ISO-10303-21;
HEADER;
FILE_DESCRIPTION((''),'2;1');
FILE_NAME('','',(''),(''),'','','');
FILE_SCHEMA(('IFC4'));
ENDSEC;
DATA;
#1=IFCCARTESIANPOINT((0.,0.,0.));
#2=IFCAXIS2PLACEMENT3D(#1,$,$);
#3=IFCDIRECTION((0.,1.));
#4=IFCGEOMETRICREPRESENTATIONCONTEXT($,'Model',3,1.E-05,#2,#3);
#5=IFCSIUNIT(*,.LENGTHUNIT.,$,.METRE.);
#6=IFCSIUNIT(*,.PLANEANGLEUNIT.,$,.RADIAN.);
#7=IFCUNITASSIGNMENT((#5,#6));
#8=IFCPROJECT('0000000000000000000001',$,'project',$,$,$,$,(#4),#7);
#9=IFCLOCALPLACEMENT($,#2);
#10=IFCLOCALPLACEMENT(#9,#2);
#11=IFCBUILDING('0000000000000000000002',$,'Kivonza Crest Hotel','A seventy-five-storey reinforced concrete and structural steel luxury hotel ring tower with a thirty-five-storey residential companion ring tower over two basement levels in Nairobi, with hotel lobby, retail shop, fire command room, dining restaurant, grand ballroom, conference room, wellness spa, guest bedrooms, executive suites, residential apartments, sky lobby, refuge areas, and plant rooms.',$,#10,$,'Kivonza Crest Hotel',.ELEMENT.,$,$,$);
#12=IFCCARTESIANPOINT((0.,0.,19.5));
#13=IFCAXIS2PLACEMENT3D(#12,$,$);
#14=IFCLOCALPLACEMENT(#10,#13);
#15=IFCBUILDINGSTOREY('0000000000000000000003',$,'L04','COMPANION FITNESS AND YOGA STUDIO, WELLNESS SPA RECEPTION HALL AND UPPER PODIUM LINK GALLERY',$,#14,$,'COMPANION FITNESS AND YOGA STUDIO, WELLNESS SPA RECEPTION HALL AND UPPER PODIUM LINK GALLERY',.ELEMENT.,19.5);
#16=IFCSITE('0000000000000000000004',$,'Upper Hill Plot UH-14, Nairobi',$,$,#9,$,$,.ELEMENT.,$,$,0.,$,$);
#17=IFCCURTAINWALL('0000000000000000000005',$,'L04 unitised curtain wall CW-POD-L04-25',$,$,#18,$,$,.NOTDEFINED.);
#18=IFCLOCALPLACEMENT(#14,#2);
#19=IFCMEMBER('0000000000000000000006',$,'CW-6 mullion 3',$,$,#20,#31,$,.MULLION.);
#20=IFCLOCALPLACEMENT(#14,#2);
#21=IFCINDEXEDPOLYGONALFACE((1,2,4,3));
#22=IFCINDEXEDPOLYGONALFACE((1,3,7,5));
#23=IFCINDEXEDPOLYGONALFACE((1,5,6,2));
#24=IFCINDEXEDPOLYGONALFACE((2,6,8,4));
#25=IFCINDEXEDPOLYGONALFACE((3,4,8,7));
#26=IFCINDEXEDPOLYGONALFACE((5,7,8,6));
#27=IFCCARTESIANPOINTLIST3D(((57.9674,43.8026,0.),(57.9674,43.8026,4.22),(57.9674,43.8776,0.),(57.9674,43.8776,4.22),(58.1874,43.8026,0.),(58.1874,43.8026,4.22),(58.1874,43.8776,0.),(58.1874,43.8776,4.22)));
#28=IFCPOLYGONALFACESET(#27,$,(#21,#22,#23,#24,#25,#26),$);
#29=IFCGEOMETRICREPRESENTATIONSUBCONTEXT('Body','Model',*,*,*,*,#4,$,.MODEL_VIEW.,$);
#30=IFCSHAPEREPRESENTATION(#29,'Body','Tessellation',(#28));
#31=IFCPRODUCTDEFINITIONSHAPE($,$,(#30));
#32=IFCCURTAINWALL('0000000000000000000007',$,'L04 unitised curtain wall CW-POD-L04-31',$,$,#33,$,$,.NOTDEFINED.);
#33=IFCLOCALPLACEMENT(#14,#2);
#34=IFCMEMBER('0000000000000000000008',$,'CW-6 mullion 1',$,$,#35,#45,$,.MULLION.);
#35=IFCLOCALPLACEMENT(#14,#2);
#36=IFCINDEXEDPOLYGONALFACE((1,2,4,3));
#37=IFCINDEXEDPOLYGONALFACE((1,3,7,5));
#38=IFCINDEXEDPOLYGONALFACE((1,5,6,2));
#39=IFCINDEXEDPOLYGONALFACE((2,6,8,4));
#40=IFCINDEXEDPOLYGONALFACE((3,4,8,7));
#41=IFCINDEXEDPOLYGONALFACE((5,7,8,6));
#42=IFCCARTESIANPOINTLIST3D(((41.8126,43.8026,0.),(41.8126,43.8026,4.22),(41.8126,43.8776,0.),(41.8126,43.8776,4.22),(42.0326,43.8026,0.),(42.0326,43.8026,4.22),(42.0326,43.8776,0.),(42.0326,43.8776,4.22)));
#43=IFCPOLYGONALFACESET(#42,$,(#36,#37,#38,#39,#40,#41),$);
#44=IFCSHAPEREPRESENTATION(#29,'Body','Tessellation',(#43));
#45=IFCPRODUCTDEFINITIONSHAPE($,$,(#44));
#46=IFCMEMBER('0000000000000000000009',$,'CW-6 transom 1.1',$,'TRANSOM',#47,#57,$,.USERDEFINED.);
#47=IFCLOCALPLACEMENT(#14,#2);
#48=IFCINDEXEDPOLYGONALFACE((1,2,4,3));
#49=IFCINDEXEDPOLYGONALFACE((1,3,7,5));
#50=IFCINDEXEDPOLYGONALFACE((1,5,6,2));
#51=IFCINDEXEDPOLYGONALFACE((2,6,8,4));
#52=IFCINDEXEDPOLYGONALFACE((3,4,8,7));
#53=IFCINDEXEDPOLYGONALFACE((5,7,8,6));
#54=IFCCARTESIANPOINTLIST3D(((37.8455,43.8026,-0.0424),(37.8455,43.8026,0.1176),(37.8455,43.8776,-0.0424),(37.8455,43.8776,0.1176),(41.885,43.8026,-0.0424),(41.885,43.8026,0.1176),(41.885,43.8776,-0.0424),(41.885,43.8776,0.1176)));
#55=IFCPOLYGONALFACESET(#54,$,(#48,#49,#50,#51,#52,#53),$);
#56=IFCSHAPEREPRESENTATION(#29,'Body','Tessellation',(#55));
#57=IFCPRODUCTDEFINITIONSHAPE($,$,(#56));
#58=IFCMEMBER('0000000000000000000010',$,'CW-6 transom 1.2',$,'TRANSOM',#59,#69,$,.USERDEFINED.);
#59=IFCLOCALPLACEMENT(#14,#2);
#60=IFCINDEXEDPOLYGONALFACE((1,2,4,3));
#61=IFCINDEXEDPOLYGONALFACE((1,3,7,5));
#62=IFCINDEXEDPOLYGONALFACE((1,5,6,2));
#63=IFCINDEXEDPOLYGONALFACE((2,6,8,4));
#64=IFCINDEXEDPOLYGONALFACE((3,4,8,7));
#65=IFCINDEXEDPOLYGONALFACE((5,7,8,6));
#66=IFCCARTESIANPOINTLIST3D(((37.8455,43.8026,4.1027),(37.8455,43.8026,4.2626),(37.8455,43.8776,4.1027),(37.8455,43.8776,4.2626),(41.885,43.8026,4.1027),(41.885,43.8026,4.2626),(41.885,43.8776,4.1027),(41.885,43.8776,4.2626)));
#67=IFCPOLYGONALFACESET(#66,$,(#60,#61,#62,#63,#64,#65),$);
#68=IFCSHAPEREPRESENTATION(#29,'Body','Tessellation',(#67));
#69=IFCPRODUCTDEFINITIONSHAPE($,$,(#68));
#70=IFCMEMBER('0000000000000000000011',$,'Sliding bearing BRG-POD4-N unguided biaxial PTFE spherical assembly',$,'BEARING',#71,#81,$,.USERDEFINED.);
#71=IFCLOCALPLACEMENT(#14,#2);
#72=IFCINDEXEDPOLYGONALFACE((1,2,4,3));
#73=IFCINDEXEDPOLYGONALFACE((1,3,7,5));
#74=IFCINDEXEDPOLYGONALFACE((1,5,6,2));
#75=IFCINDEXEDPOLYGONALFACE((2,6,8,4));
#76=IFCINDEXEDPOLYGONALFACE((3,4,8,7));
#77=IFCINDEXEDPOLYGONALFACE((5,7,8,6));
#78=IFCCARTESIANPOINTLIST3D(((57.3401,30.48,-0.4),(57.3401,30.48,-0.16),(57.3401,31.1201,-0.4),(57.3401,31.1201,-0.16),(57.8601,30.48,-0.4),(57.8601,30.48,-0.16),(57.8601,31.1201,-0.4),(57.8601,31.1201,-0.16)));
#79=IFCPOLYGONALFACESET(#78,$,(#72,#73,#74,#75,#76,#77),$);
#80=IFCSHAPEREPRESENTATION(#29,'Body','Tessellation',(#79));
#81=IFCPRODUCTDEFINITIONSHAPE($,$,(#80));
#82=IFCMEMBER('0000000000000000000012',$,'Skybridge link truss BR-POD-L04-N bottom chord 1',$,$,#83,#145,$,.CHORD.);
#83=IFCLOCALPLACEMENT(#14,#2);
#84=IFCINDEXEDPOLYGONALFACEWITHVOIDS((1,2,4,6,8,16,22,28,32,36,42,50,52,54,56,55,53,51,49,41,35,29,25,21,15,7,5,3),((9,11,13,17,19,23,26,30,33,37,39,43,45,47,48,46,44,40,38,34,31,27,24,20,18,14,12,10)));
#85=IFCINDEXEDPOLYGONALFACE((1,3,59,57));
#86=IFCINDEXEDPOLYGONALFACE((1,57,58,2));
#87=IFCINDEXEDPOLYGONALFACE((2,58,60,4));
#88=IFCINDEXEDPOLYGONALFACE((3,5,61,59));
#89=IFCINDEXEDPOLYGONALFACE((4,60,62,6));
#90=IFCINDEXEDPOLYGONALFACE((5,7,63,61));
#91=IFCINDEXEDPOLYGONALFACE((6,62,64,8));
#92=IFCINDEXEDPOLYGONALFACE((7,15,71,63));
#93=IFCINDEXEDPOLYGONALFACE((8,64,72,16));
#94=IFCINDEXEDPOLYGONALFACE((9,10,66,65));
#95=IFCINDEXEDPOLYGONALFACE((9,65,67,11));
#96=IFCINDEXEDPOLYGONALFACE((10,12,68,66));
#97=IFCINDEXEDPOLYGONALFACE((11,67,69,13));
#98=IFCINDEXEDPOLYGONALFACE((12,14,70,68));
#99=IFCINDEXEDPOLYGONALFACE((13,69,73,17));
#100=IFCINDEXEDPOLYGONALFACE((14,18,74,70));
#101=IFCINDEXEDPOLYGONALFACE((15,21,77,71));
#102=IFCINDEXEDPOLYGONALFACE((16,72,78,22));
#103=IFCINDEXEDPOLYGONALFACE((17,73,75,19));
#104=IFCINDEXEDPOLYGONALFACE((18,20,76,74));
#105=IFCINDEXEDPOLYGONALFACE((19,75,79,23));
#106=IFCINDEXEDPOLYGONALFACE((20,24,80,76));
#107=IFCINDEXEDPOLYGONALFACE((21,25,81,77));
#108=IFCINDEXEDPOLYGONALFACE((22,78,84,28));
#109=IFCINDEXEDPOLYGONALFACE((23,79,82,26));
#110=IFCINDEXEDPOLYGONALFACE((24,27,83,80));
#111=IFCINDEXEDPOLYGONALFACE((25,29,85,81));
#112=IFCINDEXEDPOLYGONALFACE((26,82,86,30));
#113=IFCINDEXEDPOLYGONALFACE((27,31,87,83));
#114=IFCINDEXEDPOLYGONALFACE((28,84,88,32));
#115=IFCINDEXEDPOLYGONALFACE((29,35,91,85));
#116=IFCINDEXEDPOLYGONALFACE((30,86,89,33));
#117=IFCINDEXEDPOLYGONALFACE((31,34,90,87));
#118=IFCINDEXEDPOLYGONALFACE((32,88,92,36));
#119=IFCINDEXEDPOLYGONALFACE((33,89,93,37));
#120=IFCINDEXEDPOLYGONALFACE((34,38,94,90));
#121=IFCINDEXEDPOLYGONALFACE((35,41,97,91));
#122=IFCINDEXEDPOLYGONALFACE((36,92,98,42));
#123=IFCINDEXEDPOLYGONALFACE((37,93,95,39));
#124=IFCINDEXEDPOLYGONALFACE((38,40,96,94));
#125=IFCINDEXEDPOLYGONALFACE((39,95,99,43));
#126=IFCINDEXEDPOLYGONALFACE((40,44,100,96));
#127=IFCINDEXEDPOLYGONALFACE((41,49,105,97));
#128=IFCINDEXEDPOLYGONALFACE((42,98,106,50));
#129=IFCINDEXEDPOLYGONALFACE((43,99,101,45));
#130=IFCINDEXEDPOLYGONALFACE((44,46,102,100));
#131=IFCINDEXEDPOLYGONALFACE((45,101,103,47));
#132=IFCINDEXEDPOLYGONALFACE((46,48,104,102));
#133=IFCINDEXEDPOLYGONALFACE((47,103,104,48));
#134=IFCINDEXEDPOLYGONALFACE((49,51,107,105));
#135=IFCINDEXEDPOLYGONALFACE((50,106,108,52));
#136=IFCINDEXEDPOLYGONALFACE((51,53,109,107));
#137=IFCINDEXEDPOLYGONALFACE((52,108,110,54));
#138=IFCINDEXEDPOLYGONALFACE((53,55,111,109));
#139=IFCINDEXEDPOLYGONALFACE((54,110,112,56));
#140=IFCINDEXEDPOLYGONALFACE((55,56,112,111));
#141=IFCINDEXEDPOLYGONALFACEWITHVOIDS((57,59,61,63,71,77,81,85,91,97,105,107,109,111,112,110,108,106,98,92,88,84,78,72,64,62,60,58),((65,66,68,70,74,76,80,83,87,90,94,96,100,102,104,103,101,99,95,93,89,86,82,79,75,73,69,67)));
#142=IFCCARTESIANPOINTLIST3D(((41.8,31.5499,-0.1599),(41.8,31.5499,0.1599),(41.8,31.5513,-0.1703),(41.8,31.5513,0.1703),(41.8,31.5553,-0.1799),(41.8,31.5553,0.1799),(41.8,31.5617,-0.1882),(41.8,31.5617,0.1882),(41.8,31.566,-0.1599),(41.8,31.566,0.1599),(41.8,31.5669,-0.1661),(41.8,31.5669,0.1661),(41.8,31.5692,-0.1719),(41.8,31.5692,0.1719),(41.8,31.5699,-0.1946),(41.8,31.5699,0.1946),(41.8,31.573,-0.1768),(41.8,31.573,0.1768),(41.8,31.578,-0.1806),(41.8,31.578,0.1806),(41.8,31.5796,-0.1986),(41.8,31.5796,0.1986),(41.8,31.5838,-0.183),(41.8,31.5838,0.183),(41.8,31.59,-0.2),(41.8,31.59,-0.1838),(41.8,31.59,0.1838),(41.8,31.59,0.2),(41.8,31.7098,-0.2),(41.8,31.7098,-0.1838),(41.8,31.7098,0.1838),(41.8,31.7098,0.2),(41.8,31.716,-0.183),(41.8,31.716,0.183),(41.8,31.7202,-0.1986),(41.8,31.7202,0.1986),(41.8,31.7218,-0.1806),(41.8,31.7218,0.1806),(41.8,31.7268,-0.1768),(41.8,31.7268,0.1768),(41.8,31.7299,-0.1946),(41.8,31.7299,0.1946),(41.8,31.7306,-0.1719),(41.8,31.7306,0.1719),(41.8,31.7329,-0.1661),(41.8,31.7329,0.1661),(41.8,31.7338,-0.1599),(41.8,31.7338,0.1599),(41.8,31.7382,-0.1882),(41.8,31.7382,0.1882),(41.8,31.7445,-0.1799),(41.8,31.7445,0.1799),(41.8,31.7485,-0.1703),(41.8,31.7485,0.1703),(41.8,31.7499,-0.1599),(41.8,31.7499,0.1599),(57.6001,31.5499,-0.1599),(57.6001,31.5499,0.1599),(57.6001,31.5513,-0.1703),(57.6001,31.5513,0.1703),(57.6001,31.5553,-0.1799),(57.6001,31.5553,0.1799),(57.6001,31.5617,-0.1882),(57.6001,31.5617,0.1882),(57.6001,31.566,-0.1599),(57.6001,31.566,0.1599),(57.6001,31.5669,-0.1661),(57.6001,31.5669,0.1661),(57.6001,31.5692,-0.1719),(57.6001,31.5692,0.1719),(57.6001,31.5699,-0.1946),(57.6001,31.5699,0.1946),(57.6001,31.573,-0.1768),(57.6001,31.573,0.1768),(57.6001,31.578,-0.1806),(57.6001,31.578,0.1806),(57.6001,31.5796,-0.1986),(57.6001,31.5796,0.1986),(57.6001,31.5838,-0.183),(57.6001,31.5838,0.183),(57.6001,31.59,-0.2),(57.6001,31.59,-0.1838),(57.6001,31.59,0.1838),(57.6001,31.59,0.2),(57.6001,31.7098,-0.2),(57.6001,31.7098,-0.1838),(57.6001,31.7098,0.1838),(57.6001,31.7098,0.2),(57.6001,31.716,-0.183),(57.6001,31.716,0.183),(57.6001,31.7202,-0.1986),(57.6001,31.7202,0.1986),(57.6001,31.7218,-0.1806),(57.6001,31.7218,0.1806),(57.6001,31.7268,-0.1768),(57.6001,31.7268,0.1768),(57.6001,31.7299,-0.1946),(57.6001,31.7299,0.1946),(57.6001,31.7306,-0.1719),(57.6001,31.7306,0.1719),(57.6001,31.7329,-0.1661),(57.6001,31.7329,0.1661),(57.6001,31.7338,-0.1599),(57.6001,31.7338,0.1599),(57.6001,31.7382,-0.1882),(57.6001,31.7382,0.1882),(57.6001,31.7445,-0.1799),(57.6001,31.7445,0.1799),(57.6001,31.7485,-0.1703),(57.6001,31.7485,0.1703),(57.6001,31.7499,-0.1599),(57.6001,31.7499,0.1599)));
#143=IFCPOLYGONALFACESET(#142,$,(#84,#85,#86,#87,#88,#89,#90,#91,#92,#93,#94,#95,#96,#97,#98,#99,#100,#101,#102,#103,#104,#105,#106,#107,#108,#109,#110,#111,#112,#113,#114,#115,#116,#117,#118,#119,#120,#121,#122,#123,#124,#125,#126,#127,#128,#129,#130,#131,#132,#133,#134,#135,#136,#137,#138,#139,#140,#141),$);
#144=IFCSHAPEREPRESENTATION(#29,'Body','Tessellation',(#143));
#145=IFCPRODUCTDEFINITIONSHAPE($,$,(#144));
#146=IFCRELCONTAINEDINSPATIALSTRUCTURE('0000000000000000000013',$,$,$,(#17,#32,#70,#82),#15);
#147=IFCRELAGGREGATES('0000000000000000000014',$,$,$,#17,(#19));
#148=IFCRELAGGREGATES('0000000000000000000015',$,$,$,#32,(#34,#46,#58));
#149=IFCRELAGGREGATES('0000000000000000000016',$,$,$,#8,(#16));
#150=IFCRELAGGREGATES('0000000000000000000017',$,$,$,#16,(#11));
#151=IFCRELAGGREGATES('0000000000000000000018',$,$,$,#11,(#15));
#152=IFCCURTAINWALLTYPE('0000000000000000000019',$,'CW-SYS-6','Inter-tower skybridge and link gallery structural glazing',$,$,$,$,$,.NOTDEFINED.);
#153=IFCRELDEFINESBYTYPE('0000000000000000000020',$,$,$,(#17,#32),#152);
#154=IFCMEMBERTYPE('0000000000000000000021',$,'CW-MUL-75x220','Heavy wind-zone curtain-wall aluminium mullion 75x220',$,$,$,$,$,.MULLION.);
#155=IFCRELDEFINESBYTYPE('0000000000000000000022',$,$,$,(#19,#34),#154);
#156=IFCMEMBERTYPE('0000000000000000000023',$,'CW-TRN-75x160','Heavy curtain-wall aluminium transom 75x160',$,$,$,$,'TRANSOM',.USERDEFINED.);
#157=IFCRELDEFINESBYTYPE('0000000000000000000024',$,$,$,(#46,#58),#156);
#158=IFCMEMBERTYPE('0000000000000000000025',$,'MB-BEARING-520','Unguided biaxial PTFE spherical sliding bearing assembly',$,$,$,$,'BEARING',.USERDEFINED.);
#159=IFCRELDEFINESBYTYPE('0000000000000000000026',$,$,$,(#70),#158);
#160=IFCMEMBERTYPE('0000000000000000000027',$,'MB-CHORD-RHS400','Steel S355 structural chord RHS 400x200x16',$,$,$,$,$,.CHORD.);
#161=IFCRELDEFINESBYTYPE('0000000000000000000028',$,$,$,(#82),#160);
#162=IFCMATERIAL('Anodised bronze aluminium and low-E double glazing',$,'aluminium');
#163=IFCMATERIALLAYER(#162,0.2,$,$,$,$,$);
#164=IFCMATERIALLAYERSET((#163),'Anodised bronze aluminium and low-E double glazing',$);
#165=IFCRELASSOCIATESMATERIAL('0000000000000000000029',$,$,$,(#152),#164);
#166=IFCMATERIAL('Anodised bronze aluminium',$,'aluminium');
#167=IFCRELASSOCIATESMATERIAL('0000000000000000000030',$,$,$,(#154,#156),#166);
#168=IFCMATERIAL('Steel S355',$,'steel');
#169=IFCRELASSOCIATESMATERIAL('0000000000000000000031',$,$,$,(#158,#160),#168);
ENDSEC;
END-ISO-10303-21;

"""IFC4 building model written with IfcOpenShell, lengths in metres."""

from ifc_helpers import new_model, si_unit, direction, frame, origin, origin_2d, place, context, subcontext, project, spatial, rectangle, hollow_rectangle, extrude, material, layer, layer_set, material_profile, profile_set, type_object, element, aggregate, save


model = new_model("IFC4")

# Units and contexts
model_context = context("Model", 3, precision=1e-05, world=origin(), true_north=direction((0.0, 1.0)))
body_context = subcontext(model_context, "Body", "Model", "MODEL_VIEW")
ifc_project = project(units=[si_unit("LENGTHUNIT", "METRE"), si_unit("PLANEANGLEUNIT", "RADIAN")], contexts=[model_context])

# Site, building, storey
site_placement = place(None, origin())
site = spatial("IfcSite", under=ifc_project, at=site_placement, Name="Upper Hill Plot UH-14, Nairobi", CompositionType="ELEMENT", RefElevation=0.0)
building_placement = place(site_placement, origin())
building = spatial("IfcBuilding", under=site, at=building_placement, Name="Kivonza Crest Hotel", Description="A seventy-five-storey reinforced concrete and structural steel luxury hotel ring tower with a thirty-five-storey residential companion ring tower over two basement levels in Nairobi, with hotel lobby, retail shop, fire command room, dining restaurant, grand ballroom, conference room, wellness spa, guest bedrooms, executive suites, residential apartments, sky lobby, refuge areas, and plant rooms.", LongName="Kivonza Crest Hotel", CompositionType="ELEMENT")
storey_placement = place(building_placement, frame((0.0, 0.0, 19.5)))
storey = spatial("IfcBuildingStorey", under=building, at=storey_placement, Name="L04", Description="COMPANION FITNESS AND YOGA STUDIO, WELLNESS SPA RECEPTION HALL AND UPPER PODIUM LINK GALLERY", LongName="COMPANION FITNESS AND YOGA STUDIO, WELLNESS SPA RECEPTION HALL AND UPPER PODIUM LINK GALLERY", CompositionType="ELEMENT", Elevation=19.5)

# Shared definitions
ifc_material_1 = material(Name="Steel S355", Category="steel")

# Curtain wall, member
ifc_material_2 = material(Name="Anodised bronze aluminium and low-E double glazing", Category="aluminium")
ifc_layer_1 = layer(ifc_material_2, 0.2)
ifc_layer_set_1 = layer_set([ifc_layer_1], Name="Anodised bronze aluminium and low-E double glazing")
curtain_wall_type = type_object("IfcCurtainWallType", Name="CW-SYS-6", Description="Inter-tower skybridge and link gallery structural glazing", PredefinedType="NOTDEFINED", material=ifc_layer_set_1)
curtain_wall_1_placement = place(storey_placement, origin())
curtain_wall_1 = element("IfcCurtainWall", 1, at=curtain_wall_1_placement, inside=storey, type_object=curtain_wall_type, Name="L04 unitised curtain wall CW-POD-L04-25", PredefinedType="NOTDEFINED")
ifc_material_3 = material(Name="Anodised bronze aluminium", Category="aluminium")
ifc_material_profile_1 = material_profile(ifc_material_3, rectangle(XDim=0.075, YDim=0.22, at=origin_2d()), Name="CW-M 75x220")
ifc_profile_set_1 = profile_set([ifc_material_profile_1], Name="Anodised bronze aluminium")
member_type_1 = type_object("IfcMemberType", Name="CW-MUL-75x220", Description="Heavy wind-zone curtain-wall aluminium mullion 75x220", PredefinedType="MULLION", material=ifc_profile_set_1)
member_1_placement = place(storey_placement, frame((58.0774, 43.8401, 0.0), z_axis=(0.0, 0.0, 1.0), x_axis=(0.0, -1.0, 0.0)))
member_1 = element("IfcMember", 2, at=member_1_placement, type_object=member_type_1, Name="CW-6 mullion 3", PredefinedType="MULLION", context=body_context, shape_type="SweptSolid", body=[
    extrude(rectangle(XDim=0.075, YDim=0.22, at=origin_2d()), origin(), (0.0, 0.0, 1.0), 4.22),
])
aggregate(curtain_wall_1, [member_1])

# Curtain wall, members
curtain_wall_2_placement = place(storey_placement, origin())
curtain_wall_2 = element("IfcCurtainWall", 3, at=curtain_wall_2_placement, inside=storey, type_object=curtain_wall_type, Name="L04 unitised curtain wall CW-POD-L04-31", PredefinedType="NOTDEFINED")
member_2_placement = place(storey_placement, frame((41.9226, 43.8401, 0.0), z_axis=(0.0, 0.0, 1.0), x_axis=(0.0, -1.0, 0.0)))
member_2 = element("IfcMember", 4, at=member_2_placement, type_object=member_type_1, Name="CW-6 mullion 1", PredefinedType="MULLION", context=body_context, shape_type="SweptSolid", body=[
    extrude(rectangle(XDim=0.075, YDim=0.22, at=origin_2d()), origin(), (0.0, 0.0, 1.0), 4.22),
])
ifc_material_profile_2 = material_profile(ifc_material_3, rectangle(XDim=0.075, YDim=0.1599, at=origin_2d()), Name="CW-T 75x160")
ifc_profile_set_2 = profile_set([ifc_material_profile_2], Name="Anodised bronze aluminium")
member_type_2 = type_object("IfcMemberType", Name="CW-TRN-75x160", Description="Heavy curtain-wall aluminium transom 75x160", ElementType="TRANSOM", PredefinedType="USERDEFINED", material=ifc_profile_set_2)
member_3_placement = place(storey_placement, frame((41.885, 43.8401, 0.0376), z_axis=(-1.0, 0.0, 0.0), x_axis=(0.0, -1.0, 0.0)))
member_3 = element("IfcMember", 5, at=member_3_placement, type_object=member_type_2, Name="CW-6 transom 1.1", ObjectType="TRANSOM", PredefinedType="USERDEFINED", context=body_context, shape_type="SweptSolid", body=[
    extrude(rectangle(XDim=0.075, YDim=0.1599, at=origin_2d()), origin(), (0.0, 0.0, 1.0), 4.0396),
])
member_4_placement = place(storey_placement, frame((41.885, 43.8401, 4.1826), z_axis=(-1.0, 0.0, 0.0), x_axis=(0.0, -1.0, 0.0)))
member_4 = element("IfcMember", 6, at=member_4_placement, type_object=member_type_2, Name="CW-6 transom 1.2", ObjectType="TRANSOM", PredefinedType="USERDEFINED", context=body_context, shape_type="SweptSolid", body=[
    extrude(rectangle(XDim=0.075, YDim=0.1599, at=origin_2d()), origin(), (0.0, 0.0, 1.0), 4.0396),
])
aggregate(curtain_wall_2, [member_2, member_3, member_4])

# Members
ifc_material_profile_3 = material_profile(ifc_material_1, rectangle(XDim=0.52, YDim=0.24, at=origin_2d()), Name="BEARING 520x240")
ifc_profile_set_3 = profile_set([ifc_material_profile_3], Name="Steel S355")
member_type_3 = type_object("IfcMemberType", Name="MB-BEARING-520", Description="Unguided biaxial PTFE spherical sliding bearing assembly", ElementType="BEARING", PredefinedType="USERDEFINED", material=ifc_profile_set_3)
member_5_placement = place(storey_placement, frame((57.6001, 30.48, -0.28), z_axis=(0.0, 1.0, 0.0), x_axis=(-1.0, 0.0, 0.0)))
element("IfcMember", 7, at=member_5_placement, inside=storey, type_object=member_type_3, Name="Sliding bearing BRG-POD4-N unguided biaxial PTFE spherical assembly", ObjectType="BEARING", PredefinedType="USERDEFINED", context=body_context, shape_type="SweptSolid", body=[
    extrude(rectangle(XDim=0.52, YDim=0.24, at=origin_2d()), origin(), (0.0, 0.0, 1.0), 0.6401),
])
ifc_material_profile_4 = material_profile(ifc_material_1, hollow_rectangle(XDim=0.2, YDim=0.3999, WallThickness=0.0161, InnerFilletRadius=0.0239, OuterFilletRadius=0.04, at=origin_2d()), Name="RHS 400x200x16")
ifc_profile_set_4 = profile_set([ifc_material_profile_4], Name="Steel S355")
member_type_4 = type_object("IfcMemberType", Name="MB-CHORD-RHS400", Description="Steel S355 structural chord RHS 400x200x16", PredefinedType="CHORD", material=ifc_profile_set_4)
for number, where, z_axis, x_axis, name in (
    (8, (41.8, 31.6499, 0.0), (1.0, 0.0, 0.0), (0.0, 1.0, 0.0), "Skybridge link truss BR-POD-L04-N bottom chord 1"),
):
    element("IfcMember", number, at=place(storey_placement, frame(where, z_axis=z_axis, x_axis=x_axis)), inside=storey, type_object=member_type_4, Name=name, PredefinedType="CHORD", context=body_context, shape_type="SweptSolid", body=[
        extrude(hollow_rectangle(XDim=0.2, YDim=0.3999, WallThickness=0.0161, InnerFilletRadius=0.0239, OuterFilletRadius=0.04, at=origin_2d()), origin(), (0.0, 0.0, 1.0), 15.8),
    ])

save(model, "model.ifc")
